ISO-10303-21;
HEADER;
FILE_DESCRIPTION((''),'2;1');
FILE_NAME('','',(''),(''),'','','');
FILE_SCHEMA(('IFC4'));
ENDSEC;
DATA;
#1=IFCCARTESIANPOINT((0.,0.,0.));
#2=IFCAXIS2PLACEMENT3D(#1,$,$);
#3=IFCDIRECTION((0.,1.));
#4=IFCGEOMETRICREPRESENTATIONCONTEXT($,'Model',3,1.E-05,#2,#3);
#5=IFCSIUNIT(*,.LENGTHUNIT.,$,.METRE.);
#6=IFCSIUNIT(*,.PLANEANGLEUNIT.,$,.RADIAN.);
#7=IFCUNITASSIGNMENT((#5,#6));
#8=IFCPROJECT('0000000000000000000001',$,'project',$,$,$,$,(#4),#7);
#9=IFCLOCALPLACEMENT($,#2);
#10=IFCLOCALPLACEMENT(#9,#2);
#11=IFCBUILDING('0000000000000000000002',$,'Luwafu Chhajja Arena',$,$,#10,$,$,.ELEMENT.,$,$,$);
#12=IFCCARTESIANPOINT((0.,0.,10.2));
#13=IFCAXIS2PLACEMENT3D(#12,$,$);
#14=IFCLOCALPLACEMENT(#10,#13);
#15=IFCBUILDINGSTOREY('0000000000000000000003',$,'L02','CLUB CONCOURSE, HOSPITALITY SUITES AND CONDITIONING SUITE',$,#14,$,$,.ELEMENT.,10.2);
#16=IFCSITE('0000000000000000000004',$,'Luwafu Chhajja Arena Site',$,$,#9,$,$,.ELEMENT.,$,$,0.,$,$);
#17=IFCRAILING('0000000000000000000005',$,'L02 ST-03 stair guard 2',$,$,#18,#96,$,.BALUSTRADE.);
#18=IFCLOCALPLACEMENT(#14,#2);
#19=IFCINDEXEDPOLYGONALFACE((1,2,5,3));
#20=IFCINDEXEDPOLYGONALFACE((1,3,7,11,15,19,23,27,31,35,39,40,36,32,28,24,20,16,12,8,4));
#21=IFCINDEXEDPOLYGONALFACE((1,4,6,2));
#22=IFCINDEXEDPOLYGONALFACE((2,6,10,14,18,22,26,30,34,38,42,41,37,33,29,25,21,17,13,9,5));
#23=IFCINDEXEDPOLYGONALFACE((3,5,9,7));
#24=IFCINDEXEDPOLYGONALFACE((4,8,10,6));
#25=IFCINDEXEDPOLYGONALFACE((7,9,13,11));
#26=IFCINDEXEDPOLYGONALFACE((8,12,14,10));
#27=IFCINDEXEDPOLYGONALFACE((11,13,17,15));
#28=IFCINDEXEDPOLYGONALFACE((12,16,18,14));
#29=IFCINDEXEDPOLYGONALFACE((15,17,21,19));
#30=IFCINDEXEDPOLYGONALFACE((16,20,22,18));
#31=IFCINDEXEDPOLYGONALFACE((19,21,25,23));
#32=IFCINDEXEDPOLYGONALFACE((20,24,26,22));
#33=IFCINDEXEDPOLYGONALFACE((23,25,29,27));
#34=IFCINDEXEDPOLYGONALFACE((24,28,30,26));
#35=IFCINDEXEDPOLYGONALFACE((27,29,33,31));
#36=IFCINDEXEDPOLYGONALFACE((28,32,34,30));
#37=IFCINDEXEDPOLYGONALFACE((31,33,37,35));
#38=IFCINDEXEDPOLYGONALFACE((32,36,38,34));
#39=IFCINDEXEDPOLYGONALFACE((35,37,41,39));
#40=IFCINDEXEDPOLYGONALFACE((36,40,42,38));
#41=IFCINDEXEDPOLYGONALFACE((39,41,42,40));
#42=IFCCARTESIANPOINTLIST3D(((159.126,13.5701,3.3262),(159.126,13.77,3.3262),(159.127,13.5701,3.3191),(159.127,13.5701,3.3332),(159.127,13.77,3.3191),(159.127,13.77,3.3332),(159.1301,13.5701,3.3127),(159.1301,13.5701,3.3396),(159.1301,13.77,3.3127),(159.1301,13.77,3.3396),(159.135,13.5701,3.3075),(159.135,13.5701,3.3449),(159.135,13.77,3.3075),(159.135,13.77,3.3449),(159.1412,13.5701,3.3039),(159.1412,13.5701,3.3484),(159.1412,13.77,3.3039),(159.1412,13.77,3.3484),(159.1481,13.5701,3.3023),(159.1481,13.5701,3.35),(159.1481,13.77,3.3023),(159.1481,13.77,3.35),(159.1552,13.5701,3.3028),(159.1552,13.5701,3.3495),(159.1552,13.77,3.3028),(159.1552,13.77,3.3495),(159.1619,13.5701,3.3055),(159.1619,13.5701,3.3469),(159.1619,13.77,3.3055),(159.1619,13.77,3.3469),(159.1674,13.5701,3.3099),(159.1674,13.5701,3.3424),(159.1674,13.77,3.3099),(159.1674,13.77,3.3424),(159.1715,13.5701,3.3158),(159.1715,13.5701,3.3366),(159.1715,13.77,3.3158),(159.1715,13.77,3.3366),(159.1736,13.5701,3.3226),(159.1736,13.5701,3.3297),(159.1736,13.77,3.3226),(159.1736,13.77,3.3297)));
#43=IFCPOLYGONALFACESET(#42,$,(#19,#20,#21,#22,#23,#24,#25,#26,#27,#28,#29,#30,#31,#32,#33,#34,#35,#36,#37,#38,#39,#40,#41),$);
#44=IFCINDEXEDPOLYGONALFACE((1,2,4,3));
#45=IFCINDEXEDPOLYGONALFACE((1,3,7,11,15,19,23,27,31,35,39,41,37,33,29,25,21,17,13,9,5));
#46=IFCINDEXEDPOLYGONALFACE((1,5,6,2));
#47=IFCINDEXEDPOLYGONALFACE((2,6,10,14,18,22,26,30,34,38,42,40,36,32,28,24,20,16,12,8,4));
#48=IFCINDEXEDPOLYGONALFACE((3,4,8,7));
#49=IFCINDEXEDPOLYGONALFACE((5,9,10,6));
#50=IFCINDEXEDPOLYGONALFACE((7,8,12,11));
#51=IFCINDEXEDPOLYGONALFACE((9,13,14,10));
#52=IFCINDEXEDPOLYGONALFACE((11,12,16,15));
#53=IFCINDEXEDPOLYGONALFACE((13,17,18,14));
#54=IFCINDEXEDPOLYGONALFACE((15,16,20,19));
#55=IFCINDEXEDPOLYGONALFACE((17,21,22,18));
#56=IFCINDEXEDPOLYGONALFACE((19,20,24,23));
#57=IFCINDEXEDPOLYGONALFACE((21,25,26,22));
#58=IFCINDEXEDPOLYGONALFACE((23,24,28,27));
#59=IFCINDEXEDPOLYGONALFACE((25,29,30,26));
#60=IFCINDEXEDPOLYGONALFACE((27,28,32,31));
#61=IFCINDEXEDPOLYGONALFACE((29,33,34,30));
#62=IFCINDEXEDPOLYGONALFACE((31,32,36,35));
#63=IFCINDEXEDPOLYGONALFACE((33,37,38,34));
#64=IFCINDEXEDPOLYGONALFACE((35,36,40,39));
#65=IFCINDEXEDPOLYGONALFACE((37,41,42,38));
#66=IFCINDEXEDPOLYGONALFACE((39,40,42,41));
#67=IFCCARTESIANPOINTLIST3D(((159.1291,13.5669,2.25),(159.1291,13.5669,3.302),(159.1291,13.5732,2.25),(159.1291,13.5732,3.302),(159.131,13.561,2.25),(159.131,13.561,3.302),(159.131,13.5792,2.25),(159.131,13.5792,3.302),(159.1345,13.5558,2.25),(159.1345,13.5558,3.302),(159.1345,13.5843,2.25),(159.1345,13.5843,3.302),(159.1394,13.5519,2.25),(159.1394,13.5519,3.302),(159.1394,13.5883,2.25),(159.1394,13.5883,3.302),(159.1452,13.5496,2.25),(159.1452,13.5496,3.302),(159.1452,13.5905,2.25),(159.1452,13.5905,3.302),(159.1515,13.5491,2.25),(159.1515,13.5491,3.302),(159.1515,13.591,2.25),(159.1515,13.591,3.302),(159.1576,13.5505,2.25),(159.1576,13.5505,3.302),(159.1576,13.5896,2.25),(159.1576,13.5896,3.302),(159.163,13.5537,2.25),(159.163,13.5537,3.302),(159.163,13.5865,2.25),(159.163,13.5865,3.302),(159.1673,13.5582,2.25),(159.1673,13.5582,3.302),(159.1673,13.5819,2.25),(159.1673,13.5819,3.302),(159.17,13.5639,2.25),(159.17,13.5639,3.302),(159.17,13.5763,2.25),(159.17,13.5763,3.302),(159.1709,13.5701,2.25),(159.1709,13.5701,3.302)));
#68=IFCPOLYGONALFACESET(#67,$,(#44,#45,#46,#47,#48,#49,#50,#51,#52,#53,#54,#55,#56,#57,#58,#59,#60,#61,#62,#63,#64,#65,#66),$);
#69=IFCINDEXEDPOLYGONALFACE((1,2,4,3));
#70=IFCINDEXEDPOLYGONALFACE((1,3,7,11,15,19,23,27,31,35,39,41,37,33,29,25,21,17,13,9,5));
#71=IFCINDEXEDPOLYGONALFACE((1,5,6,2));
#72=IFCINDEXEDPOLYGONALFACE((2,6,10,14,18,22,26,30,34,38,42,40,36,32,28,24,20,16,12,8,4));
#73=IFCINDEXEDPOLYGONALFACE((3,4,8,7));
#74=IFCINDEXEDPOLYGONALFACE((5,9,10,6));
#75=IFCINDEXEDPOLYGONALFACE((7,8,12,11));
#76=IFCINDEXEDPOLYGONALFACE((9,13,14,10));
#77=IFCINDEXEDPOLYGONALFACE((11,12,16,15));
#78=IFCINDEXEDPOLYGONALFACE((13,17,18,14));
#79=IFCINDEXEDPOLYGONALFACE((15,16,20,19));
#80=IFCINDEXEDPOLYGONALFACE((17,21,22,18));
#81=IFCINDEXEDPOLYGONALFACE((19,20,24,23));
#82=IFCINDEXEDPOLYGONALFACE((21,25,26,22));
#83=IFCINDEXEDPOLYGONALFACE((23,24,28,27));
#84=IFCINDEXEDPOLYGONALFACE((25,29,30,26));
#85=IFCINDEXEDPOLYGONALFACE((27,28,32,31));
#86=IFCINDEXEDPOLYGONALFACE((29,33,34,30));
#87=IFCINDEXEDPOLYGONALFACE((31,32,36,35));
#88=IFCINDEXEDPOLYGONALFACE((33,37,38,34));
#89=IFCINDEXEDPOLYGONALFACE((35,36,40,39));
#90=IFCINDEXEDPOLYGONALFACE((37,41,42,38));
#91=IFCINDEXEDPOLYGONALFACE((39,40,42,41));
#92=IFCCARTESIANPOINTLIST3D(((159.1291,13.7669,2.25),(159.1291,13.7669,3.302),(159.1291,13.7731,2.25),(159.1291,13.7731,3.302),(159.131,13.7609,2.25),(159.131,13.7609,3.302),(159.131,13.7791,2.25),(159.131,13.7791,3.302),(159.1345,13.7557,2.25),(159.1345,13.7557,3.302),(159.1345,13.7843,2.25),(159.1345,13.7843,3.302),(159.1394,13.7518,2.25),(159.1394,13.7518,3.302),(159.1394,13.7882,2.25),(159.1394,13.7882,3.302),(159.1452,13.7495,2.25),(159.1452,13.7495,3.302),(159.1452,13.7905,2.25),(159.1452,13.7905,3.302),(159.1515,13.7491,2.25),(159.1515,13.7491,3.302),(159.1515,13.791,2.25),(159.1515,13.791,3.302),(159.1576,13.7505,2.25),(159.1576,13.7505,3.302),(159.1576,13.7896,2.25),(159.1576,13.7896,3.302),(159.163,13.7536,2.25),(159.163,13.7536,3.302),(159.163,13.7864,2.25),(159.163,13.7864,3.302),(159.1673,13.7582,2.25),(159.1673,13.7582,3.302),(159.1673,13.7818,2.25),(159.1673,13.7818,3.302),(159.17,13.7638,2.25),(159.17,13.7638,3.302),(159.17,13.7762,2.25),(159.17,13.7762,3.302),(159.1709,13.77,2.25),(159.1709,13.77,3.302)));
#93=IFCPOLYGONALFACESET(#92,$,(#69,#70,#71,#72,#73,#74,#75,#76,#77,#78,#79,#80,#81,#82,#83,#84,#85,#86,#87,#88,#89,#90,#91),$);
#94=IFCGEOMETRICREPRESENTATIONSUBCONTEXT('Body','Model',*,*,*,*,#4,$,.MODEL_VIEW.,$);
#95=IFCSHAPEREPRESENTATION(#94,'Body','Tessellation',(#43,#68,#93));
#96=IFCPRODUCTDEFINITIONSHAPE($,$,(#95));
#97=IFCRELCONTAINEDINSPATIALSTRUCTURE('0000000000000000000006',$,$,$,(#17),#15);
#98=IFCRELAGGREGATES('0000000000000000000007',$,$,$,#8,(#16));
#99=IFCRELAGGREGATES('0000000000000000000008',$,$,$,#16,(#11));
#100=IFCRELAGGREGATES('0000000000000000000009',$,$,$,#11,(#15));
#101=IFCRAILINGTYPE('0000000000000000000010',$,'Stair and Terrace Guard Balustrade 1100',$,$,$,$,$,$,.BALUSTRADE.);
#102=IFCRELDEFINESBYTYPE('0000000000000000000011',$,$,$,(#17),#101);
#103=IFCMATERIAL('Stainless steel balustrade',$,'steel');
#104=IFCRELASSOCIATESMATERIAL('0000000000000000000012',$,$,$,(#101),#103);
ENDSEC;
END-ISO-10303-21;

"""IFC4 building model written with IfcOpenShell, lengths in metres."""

from ifc_helpers import new_model, si_unit, direction, frame, origin, origin_2d, place, context, subcontext, project, spatial, circle, extrude, material, type_object, element, save


model = new_model("IFC4")

# Units and contexts
model_context = context("Model", 3, precision=1e-05, world=origin(), true_north=direction((0.0, 1.0)))
body_context = subcontext(model_context, "Body", "Model", "MODEL_VIEW")
ifc_project = project(units=[si_unit("LENGTHUNIT", "METRE"), si_unit("PLANEANGLEUNIT", "RADIAN")], contexts=[model_context])

# Site, building, storey
site_placement = place(None, origin())
site = spatial("IfcSite", under=ifc_project, at=site_placement, Name="Luwafu Chhajja Arena Site", CompositionType="ELEMENT", RefElevation=0.0)
building_placement = place(site_placement, origin())
building = spatial("IfcBuilding", under=site, at=building_placement, Name="Luwafu Chhajja Arena", CompositionType="ELEMENT")
storey_placement = place(building_placement, frame((0.0, 0.0, 10.2)))
storey = spatial("IfcBuildingStorey", under=building, at=storey_placement, Name="L02", Description="CLUB CONCOURSE, HOSPITALITY SUITES AND CONDITIONING SUITE", CompositionType="ELEMENT", Elevation=10.2)

# Railing
ifc_material_1 = material(Name="Stainless steel balustrade", Category="steel")
railing_type_1 = type_object("IfcRailingType", Name="Stair and Terrace Guard Balustrade 1100", PredefinedType="BALUSTRADE", material=ifc_material_1)
railing_1_placement = place(storey_placement, frame((159.1499, 13.5701, 2.25)))
element("IfcRailing", 1, at=railing_1_placement, inside=storey, type_object=railing_type_1, Name="L02 ST-03 stair guard 2", PredefinedType="BALUSTRADE", context=body_context, shape_type="SweptSolid", body=[
    extrude(circle(Radius=0.0239, at=origin_2d()), frame((0.0, 0.0, 1.0762), z_axis=(0.0, 1.0, 0.0), x_axis=(-1.0, 0.0, 0.0)), (0.0, 0.0, 1.0), 0.2),
    extrude(circle(Radius=0.021, at=origin_2d()), origin(), (0.0, 0.0, 1.0), 1.052),
    extrude(circle(Radius=0.021, at=origin_2d()), frame((0.0, 0.2, 0.0)), (0.0, 0.0, 1.0), 1.052),
])

save(model, "model.ifc")
